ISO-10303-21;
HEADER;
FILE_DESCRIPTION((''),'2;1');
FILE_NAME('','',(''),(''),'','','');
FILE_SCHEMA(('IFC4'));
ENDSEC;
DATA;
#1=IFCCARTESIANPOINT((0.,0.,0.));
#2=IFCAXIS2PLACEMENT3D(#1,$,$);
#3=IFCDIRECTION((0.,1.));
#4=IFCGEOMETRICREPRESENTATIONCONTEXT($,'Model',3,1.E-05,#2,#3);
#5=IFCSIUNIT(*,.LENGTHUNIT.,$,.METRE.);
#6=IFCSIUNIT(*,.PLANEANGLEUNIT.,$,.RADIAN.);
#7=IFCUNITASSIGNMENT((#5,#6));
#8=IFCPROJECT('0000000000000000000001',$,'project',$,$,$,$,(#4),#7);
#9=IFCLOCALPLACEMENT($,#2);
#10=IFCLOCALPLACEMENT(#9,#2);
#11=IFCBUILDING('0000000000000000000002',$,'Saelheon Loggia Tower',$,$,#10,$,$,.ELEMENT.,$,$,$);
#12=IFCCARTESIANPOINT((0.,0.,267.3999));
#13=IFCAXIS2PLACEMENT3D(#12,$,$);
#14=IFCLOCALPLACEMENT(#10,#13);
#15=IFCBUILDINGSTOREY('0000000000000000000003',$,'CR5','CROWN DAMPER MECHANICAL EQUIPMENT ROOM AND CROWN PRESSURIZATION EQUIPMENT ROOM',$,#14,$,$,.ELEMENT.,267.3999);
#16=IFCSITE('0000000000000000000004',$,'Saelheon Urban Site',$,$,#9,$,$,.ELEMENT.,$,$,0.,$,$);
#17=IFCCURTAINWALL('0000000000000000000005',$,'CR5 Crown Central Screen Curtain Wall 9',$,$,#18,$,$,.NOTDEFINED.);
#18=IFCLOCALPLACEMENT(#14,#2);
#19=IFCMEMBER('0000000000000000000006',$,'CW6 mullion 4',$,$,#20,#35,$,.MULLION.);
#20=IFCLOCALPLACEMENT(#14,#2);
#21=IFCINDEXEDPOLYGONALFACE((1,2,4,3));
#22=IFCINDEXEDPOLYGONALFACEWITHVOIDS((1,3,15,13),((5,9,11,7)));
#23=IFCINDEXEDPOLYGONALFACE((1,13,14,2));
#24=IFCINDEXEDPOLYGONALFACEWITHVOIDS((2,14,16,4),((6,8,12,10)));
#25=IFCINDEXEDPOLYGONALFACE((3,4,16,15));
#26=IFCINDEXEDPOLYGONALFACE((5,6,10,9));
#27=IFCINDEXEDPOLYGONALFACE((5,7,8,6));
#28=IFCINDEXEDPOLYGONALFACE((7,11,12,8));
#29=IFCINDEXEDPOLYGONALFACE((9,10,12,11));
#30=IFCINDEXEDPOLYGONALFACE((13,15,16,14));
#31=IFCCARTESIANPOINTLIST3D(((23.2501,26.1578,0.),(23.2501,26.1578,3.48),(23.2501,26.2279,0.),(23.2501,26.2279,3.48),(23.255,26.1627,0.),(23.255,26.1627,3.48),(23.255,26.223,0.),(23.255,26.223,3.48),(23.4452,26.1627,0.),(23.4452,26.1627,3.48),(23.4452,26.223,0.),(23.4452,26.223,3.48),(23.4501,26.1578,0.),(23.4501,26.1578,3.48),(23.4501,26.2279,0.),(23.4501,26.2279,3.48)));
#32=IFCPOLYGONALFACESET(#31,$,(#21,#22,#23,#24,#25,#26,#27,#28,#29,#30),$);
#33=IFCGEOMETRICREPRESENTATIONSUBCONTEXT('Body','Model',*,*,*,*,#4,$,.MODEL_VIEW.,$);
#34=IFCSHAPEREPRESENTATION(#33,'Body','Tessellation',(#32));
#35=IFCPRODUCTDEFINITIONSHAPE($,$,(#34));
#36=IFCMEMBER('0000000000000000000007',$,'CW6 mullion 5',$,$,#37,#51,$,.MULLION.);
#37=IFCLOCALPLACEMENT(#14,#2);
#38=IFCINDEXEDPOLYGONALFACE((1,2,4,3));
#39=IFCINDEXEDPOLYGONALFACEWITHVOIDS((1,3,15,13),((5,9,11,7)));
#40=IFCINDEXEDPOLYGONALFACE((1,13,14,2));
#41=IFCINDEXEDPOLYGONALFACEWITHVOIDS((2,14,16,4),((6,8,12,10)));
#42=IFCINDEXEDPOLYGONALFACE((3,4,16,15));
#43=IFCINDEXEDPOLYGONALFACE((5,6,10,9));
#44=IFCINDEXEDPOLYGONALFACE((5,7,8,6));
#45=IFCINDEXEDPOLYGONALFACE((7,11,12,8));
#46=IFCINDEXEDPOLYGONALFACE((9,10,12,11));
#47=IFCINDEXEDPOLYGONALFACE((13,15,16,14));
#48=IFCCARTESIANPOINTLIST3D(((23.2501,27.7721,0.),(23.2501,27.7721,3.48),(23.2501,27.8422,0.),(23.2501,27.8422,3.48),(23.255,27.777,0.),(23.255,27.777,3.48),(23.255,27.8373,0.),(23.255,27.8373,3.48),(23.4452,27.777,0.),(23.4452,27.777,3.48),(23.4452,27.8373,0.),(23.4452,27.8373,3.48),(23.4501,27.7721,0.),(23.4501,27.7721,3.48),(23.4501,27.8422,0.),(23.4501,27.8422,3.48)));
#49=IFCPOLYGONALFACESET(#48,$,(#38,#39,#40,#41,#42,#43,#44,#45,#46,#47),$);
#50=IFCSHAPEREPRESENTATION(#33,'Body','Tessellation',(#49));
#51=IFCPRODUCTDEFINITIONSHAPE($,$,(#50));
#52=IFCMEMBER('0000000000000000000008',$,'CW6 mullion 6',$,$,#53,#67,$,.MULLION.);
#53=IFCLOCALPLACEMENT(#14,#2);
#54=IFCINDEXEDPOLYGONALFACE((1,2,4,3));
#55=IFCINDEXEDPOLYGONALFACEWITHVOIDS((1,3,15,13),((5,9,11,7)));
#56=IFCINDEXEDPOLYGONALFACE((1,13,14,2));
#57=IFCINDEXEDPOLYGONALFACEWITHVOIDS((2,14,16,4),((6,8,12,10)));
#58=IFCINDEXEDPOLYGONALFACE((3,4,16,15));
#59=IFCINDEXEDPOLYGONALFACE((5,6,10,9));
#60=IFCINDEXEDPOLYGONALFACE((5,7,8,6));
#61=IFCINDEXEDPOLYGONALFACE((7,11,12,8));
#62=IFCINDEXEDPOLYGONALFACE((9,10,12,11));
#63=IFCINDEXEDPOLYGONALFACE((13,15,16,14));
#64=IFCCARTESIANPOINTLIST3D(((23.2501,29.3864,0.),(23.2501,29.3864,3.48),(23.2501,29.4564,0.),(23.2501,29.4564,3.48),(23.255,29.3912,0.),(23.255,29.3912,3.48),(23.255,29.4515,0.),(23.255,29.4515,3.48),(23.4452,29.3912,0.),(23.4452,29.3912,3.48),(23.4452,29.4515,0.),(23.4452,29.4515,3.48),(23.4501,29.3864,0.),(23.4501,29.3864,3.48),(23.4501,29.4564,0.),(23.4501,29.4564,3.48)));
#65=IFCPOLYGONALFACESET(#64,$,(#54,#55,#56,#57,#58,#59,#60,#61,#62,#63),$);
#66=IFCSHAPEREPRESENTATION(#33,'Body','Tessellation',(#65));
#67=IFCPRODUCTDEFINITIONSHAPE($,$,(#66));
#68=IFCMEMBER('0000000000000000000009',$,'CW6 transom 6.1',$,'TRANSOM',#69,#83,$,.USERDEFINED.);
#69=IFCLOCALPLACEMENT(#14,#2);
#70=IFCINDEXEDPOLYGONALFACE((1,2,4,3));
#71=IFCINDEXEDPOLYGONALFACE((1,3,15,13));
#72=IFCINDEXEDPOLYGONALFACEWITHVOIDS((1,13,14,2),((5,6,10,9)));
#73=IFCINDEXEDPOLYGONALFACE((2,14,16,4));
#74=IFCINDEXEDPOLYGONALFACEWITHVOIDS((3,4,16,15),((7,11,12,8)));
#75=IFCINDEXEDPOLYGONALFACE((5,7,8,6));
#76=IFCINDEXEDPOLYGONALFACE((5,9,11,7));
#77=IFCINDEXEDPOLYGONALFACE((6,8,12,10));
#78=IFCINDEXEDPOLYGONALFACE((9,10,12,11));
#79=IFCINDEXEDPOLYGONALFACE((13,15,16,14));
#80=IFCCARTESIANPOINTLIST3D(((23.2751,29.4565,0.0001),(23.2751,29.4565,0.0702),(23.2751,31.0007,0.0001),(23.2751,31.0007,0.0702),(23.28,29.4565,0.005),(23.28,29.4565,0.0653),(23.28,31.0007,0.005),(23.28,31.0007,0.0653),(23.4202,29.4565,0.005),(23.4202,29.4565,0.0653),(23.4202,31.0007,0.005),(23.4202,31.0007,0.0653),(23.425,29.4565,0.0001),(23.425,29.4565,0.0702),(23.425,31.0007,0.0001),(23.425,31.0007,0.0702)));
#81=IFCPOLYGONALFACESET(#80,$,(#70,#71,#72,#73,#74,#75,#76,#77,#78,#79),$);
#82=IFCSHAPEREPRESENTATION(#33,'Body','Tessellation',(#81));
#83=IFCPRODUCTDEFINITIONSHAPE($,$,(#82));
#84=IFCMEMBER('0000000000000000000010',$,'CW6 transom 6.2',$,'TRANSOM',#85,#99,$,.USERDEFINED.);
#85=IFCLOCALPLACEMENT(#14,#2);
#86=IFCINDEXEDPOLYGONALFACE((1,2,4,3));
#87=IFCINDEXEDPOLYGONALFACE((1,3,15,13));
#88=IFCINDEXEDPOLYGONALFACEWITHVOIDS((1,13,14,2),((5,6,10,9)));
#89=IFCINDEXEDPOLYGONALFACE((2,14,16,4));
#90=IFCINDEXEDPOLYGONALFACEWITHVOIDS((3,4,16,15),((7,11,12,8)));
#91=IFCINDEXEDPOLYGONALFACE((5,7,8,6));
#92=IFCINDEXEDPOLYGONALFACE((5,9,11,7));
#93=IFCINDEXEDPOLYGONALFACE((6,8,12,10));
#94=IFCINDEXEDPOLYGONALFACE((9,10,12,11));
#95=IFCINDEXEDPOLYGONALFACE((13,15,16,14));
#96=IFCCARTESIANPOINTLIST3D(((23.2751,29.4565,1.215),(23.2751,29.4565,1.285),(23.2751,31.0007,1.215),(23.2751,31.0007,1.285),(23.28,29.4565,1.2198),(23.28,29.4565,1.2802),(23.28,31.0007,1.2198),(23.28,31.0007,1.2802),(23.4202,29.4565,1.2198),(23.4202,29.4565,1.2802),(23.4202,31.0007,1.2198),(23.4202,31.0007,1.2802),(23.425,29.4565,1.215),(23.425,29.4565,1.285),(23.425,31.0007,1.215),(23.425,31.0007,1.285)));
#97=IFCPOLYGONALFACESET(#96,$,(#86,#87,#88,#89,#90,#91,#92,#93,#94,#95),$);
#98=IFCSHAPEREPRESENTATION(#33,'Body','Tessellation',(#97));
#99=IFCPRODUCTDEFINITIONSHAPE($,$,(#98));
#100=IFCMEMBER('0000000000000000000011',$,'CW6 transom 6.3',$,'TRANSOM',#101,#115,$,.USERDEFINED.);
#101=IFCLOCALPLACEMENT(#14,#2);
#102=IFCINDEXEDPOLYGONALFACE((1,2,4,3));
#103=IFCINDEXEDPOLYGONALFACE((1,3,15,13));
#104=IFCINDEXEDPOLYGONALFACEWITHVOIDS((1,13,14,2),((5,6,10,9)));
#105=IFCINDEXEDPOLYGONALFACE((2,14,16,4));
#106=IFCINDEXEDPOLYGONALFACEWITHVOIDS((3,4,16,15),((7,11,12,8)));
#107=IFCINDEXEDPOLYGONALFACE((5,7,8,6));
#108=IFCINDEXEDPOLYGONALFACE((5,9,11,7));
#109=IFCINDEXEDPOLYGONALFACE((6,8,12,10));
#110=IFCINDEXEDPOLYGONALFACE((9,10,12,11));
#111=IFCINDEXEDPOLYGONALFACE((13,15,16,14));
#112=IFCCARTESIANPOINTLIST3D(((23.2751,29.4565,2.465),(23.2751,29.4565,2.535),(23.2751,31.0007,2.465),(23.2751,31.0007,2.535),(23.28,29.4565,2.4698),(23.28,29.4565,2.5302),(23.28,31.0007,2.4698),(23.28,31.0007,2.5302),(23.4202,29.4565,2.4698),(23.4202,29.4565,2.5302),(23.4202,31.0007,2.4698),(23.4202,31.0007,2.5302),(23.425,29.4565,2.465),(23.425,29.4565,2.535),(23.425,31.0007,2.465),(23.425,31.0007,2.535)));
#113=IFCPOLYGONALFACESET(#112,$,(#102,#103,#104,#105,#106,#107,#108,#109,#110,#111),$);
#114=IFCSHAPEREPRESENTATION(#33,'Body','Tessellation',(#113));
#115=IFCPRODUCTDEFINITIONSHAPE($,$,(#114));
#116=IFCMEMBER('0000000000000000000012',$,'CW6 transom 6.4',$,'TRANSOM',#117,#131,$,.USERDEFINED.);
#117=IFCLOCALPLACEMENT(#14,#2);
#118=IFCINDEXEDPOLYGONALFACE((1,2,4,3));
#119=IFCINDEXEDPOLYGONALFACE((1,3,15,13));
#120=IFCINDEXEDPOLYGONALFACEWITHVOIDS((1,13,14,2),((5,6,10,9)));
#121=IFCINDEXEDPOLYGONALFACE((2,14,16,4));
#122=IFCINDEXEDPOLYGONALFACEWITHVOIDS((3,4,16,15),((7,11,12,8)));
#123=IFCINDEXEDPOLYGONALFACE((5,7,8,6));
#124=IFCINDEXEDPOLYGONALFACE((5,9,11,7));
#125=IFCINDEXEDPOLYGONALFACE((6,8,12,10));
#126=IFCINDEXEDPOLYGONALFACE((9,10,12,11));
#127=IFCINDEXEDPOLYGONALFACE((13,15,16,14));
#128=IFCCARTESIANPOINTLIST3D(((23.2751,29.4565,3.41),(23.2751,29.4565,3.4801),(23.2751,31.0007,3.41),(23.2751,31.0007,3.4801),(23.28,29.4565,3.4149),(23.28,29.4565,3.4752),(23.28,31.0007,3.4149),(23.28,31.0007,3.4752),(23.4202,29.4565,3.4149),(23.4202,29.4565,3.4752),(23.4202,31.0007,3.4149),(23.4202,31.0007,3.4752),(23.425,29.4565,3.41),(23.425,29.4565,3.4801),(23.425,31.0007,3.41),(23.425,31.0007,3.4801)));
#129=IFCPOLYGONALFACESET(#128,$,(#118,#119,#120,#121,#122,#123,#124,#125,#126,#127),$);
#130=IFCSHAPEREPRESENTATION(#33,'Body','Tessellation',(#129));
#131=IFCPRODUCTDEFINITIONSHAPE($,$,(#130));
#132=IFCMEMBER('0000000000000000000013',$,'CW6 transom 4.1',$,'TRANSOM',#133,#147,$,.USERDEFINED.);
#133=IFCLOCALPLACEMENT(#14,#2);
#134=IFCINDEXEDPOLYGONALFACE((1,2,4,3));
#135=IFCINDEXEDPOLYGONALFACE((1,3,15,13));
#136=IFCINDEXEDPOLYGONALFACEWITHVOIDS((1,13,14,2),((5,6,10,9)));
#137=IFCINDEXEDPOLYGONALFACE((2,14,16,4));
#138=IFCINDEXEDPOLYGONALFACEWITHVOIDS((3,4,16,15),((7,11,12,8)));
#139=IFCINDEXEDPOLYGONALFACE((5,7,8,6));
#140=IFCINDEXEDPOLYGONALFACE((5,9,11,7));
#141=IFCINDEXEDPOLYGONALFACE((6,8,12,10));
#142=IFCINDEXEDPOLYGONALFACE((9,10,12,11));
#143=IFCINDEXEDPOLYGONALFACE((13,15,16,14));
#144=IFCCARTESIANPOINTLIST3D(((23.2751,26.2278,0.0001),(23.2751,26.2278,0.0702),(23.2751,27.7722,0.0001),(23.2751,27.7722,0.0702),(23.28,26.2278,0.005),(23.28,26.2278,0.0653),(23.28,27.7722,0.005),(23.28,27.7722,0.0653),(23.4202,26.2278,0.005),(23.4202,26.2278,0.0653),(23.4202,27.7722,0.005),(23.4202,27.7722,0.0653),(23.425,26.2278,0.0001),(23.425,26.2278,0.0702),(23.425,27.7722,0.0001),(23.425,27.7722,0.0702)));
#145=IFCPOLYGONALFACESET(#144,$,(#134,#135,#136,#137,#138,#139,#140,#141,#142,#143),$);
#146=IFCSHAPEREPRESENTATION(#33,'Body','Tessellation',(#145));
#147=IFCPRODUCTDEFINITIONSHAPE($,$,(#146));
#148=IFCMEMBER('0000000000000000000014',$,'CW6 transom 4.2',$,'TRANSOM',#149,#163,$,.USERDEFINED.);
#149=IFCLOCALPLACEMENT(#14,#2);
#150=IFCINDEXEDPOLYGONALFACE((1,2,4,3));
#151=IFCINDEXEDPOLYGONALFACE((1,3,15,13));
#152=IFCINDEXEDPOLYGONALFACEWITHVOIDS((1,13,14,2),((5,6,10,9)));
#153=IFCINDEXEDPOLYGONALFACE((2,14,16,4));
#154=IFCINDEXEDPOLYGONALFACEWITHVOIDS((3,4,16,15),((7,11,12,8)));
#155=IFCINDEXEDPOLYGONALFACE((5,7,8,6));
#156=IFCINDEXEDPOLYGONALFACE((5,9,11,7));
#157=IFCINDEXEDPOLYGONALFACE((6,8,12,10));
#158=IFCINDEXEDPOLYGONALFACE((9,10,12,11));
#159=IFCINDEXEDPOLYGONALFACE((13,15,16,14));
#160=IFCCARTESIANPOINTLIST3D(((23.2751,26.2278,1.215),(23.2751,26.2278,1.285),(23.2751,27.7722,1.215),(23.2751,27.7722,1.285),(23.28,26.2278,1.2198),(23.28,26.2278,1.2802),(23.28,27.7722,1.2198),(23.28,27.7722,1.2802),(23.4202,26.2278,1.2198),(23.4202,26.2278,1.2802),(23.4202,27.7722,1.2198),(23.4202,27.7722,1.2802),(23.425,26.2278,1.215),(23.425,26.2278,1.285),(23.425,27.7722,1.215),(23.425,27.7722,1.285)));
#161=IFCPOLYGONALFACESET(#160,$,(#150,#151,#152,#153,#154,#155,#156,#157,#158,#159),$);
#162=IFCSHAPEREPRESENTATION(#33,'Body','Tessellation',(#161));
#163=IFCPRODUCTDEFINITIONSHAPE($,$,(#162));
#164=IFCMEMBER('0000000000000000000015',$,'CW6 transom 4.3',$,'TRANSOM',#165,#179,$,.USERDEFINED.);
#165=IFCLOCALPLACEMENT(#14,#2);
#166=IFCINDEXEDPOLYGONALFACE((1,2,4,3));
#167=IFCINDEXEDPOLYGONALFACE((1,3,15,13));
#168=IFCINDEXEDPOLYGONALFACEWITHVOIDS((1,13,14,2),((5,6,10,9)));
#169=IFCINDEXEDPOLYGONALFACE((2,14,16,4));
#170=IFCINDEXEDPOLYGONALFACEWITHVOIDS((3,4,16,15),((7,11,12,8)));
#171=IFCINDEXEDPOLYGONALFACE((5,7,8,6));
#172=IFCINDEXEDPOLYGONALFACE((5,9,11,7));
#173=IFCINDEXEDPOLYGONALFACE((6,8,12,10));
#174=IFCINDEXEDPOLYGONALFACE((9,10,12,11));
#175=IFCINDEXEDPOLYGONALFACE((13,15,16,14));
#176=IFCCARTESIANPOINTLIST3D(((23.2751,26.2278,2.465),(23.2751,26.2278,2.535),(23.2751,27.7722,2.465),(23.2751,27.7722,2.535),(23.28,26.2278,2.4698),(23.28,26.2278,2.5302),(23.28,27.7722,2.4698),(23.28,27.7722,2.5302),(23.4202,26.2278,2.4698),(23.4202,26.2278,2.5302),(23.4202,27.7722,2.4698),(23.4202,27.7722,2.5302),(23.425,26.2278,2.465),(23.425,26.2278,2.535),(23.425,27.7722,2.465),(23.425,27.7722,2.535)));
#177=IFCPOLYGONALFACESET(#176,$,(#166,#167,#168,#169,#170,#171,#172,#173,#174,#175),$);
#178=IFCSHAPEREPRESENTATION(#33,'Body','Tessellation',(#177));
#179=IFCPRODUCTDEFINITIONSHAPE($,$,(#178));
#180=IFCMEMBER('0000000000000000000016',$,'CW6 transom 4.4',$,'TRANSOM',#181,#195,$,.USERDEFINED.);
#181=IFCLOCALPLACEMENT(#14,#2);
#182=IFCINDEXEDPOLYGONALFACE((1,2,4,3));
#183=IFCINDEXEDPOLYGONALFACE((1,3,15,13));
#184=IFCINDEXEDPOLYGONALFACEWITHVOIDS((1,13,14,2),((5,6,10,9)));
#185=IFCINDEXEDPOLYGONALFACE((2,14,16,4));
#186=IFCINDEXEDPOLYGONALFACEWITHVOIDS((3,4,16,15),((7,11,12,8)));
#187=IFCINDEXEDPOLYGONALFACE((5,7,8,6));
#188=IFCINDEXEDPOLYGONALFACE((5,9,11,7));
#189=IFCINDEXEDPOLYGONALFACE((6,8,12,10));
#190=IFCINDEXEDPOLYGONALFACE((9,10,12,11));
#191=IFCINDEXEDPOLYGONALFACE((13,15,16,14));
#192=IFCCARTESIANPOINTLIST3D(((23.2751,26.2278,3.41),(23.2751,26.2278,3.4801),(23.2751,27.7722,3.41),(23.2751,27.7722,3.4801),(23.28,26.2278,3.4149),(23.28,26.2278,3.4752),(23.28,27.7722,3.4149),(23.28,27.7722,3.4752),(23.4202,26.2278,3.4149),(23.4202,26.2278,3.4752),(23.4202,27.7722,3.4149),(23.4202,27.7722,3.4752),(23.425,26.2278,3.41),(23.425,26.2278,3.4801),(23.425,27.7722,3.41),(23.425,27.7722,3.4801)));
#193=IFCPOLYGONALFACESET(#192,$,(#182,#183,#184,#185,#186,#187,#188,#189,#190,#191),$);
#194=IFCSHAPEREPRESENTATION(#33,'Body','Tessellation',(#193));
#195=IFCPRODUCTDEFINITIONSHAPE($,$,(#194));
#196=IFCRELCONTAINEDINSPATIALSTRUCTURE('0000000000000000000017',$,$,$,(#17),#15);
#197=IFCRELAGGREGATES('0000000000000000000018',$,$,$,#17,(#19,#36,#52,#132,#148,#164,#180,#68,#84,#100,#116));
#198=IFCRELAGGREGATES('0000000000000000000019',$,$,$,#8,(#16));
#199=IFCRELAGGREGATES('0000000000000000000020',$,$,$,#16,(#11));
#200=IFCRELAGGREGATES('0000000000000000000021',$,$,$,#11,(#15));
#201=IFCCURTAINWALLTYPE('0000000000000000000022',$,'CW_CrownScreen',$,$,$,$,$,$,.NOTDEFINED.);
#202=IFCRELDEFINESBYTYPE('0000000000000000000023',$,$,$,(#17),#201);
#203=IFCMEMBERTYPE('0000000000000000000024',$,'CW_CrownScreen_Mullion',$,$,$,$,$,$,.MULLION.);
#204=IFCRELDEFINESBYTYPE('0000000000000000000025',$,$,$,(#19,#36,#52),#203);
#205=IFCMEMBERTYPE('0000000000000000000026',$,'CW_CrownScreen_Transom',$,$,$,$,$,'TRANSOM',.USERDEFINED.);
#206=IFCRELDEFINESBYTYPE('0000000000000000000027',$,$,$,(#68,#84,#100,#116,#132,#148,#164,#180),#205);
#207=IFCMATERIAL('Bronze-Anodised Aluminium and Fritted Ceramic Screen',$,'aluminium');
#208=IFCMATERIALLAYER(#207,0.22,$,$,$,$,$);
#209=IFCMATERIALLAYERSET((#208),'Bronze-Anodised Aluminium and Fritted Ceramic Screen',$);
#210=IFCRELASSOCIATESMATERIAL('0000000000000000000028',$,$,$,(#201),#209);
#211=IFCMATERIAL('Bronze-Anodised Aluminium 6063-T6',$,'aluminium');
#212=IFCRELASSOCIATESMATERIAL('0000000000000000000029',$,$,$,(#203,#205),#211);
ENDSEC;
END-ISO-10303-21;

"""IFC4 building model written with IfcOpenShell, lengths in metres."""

from ifc_helpers import new_model, si_unit, direction, frame, origin, origin_2d, place, context, subcontext, project, spatial, hollow_rectangle, extrude, source, transform, mapped, material, layer, layer_set, material_profile, profile_set, type_object, element, aggregate, save


model = new_model("IFC4")

# Units and contexts
model_context = context("Model", 3, precision=1e-05, world=origin(), true_north=direction((0.0, 1.0)))
body_context = subcontext(model_context, "Body", "Model", "MODEL_VIEW")
ifc_project = project(units=[si_unit("LENGTHUNIT", "METRE"), si_unit("PLANEANGLEUNIT", "RADIAN")], contexts=[model_context])

# Site, building, storey
site_placement = place(None, origin())
site = spatial("IfcSite", under=ifc_project, at=site_placement, Name="Saelheon Urban Site", CompositionType="ELEMENT", RefElevation=0.0)
building_placement = place(site_placement, origin())
building = spatial("IfcBuilding", under=site, at=building_placement, Name="Saelheon Loggia Tower", CompositionType="ELEMENT")
storey_placement = place(building_placement, frame((0.0, 0.0, 267.3999)))
storey = spatial("IfcBuildingStorey", under=building, at=storey_placement, Name="CR5", Description="CROWN DAMPER MECHANICAL EQUIPMENT ROOM AND CROWN PRESSURIZATION EQUIPMENT ROOM", CompositionType="ELEMENT", Elevation=267.3999)

# Curtain wall, members
ifc_material_1 = material(Name="Bronze-Anodised Aluminium and Fritted Ceramic Screen", Category="aluminium")
ifc_layer_1 = layer(ifc_material_1, 0.22)
ifc_layer_set_1 = layer_set([ifc_layer_1], Name="Bronze-Anodised Aluminium and Fritted Ceramic Screen")
curtain_wall_type = type_object("IfcCurtainWallType", Name="CW_CrownScreen", PredefinedType="NOTDEFINED", material=ifc_layer_set_1)
curtain_wall_placement = place(storey_placement, origin())
curtain_wall = element("IfcCurtainWall", 1, at=curtain_wall_placement, inside=storey, type_object=curtain_wall_type, Name="CR5 Crown Central Screen Curtain Wall 9", PredefinedType="NOTDEFINED")
ifc_material_2 = material(Name="Bronze-Anodised Aluminium 6063-T6", Category="aluminium")
ifc_material_profile_1 = material_profile(ifc_material_2, hollow_rectangle(XDim=0.0701, YDim=0.2, WallThickness=0.0049, at=origin_2d()), Name="RHS-200x70x5")
ifc_profile_set_1 = profile_set([ifc_material_profile_1], Name="Bronze-Anodised Aluminium 6063-T6")
member_type_1 = type_object("IfcMemberType", Name="CW_CrownScreen_Mullion", PredefinedType="MULLION", material=ifc_profile_set_1)
shared_shape_1 = source(origin(), body_context, "Body", "SweptSolid", [
    extrude(hollow_rectangle(XDim=0.0701, YDim=0.2, WallThickness=0.0049, at=origin_2d()), origin(), (0.0, 0.0, 1.0), 3.48),
])
member_1_placement = place(storey_placement, frame((23.3501, 26.1929, 0.0), z_axis=(0.0, 0.0, 1.0), x_axis=(0.0, 1.0, 0.0)))
member_1 = element("IfcMember", 2, at=member_1_placement, type_object=member_type_1, Name="CW6 mullion 4", PredefinedType="MULLION", context=body_context, shape_type="MappedRepresentation", body=[
    mapped(shared_shape_1, transform((0.0, 0.0, 0.0), scale=1.0)),
])
member_2_placement = place(storey_placement, frame((23.3501, 27.8071, 0.0), z_axis=(0.0, 0.0, 1.0), x_axis=(0.0, 1.0, 0.0)))
member_2 = element("IfcMember", 3, at=member_2_placement, type_object=member_type_1, Name="CW6 mullion 5", PredefinedType="MULLION", context=body_context, shape_type="MappedRepresentation", body=[
    mapped(shared_shape_1, transform((0.0, 0.0, 0.0), scale=1.0)),
])
member_3_placement = place(storey_placement, frame((23.3501, 29.4214, 0.0), z_axis=(0.0, 0.0, 1.0), x_axis=(0.0, 1.0, 0.0)))
member_3 = element("IfcMember", 4, at=member_3_placement, type_object=member_type_1, Name="CW6 mullion 6", PredefinedType="MULLION", context=body_context, shape_type="MappedRepresentation", body=[
    mapped(shared_shape_1, transform((0.0, 0.0, 0.0), scale=1.0)),
])
ifc_material_profile_2 = material_profile(ifc_material_2, hollow_rectangle(XDim=0.0701, YDim=0.1499, WallThickness=0.0049, at=origin_2d()), Name="RHS-150x70x5")
ifc_profile_set_2 = profile_set([ifc_material_profile_2], Name="Bronze-Anodised Aluminium 6063-T6")
member_type_2 = type_object("IfcMemberType", Name="CW_CrownScreen_Transom", ElementType="TRANSOM", PredefinedType="USERDEFINED", material=ifc_profile_set_2)
shared_shape_2 = source(origin(), body_context, "Body", "SweptSolid", [
    extrude(hollow_rectangle(XDim=0.0701, YDim=0.1499, WallThickness=0.0049, at=origin_2d()), origin(), (0.0, 0.0, 1.0), 1.5442),
])
member_4_placement = place(storey_placement, frame((23.3501, 29.4565, 0.0352), z_axis=(0.0, 1.0, 0.0), x_axis=(0.0, 0.0, 1.0)))
member_4 = element("IfcMember", 5, at=member_4_placement, type_object=member_type_2, Name="CW6 transom 6.1", ObjectType="TRANSOM", PredefinedType="USERDEFINED", context=body_context, shape_type="MappedRepresentation", body=[
    mapped(shared_shape_2, transform((0.0, 0.0, 0.0), scale=1.0)),
])
member_5_placement = place(storey_placement, frame((23.3501, 29.4565, 1.25), z_axis=(0.0, 1.0, 0.0), x_axis=(0.0, 0.0, 1.0)))
member_5 = element("IfcMember", 6, at=member_5_placement, type_object=member_type_2, Name="CW6 transom 6.2", ObjectType="TRANSOM", PredefinedType="USERDEFINED", context=body_context, shape_type="MappedRepresentation", body=[
    mapped(shared_shape_2, transform((0.0, 0.0, 0.0), scale=1.0)),
])
member_6_placement = place(storey_placement, frame((23.3501, 29.4565, 2.5), z_axis=(0.0, 1.0, 0.0), x_axis=(0.0, 0.0, 1.0)))
member_6 = element("IfcMember", 7, at=member_6_placement, type_object=member_type_2, Name="CW6 transom 6.3", ObjectType="TRANSOM", PredefinedType="USERDEFINED", context=body_context, shape_type="MappedRepresentation", body=[
    mapped(shared_shape_2, transform((0.0, 0.0, 0.0), scale=1.0)),
])
member_7_placement = place(storey_placement, frame((23.3501, 29.4565, 3.4451), z_axis=(0.0, 1.0, 0.0), x_axis=(0.0, 0.0, 1.0)))
member_7 = element("IfcMember", 8, at=member_7_placement, type_object=member_type_2, Name="CW6 transom 6.4", ObjectType="TRANSOM", PredefinedType="USERDEFINED", context=body_context, shape_type="MappedRepresentation", body=[
    mapped(shared_shape_2, transform((0.0, 0.0, 0.0), scale=1.0)),
])
shared_shape_3 = source(origin(), body_context, "Body", "SweptSolid", [
    extrude(hollow_rectangle(XDim=0.0701, YDim=0.1499, WallThickness=0.0049, at=origin_2d()), origin(), (0.0, 0.0, 1.0), 1.5444),
])
member_8_placement = place(storey_placement, frame((23.3501, 26.2278, 0.0352), z_axis=(0.0, 1.0, 0.0), x_axis=(0.0, 0.0, 1.0)))
member_8 = element("IfcMember", 9, at=member_8_placement, type_object=member_type_2, Name="CW6 transom 4.1", ObjectType="TRANSOM", PredefinedType="USERDEFINED", context=body_context, shape_type="MappedRepresentation", body=[
    mapped(shared_shape_3, transform((0.0, 0.0, 0.0), scale=1.0)),
])
member_9_placement = place(storey_placement, frame((23.3501, 26.2278, 1.25), z_axis=(0.0, 1.0, 0.0), x_axis=(0.0, 0.0, 1.0)))
member_9 = element("IfcMember", 10, at=member_9_placement, type_object=member_type_2, Name="CW6 transom 4.2", ObjectType="TRANSOM", PredefinedType="USERDEFINED", context=body_context, shape_type="MappedRepresentation", body=[
    mapped(shared_shape_3, transform((0.0, 0.0, 0.0), scale=1.0)),
])
member_10_placement = place(storey_placement, frame((23.3501, 26.2278, 2.5), z_axis=(0.0, 1.0, 0.0), x_axis=(0.0, 0.0, 1.0)))
member_10 = element("IfcMember", 11, at=member_10_placement, type_object=member_type_2, Name="CW6 transom 4.3", ObjectType="TRANSOM", PredefinedType="USERDEFINED", context=body_context, shape_type="MappedRepresentation", body=[
    mapped(shared_shape_3, transform((0.0, 0.0, 0.0), scale=1.0)),
])
member_11_placement = place(storey_placement, frame((23.3501, 26.2278, 3.4451), z_axis=(0.0, 1.0, 0.0), x_axis=(0.0, 0.0, 1.0)))
member_11 = element("IfcMember", 12, at=member_11_placement, type_object=member_type_2, Name="CW6 transom 4.4", ObjectType="TRANSOM", PredefinedType="USERDEFINED", context=body_context, shape_type="MappedRepresentation", body=[
    mapped(shared_shape_3, transform((0.0, 0.0, 0.0), scale=1.0)),
])
aggregate(curtain_wall, [member_1, member_2, member_3, member_8, member_9, member_10, member_11, member_4, member_5, member_6, member_7])

save(model, "model.ifc")
